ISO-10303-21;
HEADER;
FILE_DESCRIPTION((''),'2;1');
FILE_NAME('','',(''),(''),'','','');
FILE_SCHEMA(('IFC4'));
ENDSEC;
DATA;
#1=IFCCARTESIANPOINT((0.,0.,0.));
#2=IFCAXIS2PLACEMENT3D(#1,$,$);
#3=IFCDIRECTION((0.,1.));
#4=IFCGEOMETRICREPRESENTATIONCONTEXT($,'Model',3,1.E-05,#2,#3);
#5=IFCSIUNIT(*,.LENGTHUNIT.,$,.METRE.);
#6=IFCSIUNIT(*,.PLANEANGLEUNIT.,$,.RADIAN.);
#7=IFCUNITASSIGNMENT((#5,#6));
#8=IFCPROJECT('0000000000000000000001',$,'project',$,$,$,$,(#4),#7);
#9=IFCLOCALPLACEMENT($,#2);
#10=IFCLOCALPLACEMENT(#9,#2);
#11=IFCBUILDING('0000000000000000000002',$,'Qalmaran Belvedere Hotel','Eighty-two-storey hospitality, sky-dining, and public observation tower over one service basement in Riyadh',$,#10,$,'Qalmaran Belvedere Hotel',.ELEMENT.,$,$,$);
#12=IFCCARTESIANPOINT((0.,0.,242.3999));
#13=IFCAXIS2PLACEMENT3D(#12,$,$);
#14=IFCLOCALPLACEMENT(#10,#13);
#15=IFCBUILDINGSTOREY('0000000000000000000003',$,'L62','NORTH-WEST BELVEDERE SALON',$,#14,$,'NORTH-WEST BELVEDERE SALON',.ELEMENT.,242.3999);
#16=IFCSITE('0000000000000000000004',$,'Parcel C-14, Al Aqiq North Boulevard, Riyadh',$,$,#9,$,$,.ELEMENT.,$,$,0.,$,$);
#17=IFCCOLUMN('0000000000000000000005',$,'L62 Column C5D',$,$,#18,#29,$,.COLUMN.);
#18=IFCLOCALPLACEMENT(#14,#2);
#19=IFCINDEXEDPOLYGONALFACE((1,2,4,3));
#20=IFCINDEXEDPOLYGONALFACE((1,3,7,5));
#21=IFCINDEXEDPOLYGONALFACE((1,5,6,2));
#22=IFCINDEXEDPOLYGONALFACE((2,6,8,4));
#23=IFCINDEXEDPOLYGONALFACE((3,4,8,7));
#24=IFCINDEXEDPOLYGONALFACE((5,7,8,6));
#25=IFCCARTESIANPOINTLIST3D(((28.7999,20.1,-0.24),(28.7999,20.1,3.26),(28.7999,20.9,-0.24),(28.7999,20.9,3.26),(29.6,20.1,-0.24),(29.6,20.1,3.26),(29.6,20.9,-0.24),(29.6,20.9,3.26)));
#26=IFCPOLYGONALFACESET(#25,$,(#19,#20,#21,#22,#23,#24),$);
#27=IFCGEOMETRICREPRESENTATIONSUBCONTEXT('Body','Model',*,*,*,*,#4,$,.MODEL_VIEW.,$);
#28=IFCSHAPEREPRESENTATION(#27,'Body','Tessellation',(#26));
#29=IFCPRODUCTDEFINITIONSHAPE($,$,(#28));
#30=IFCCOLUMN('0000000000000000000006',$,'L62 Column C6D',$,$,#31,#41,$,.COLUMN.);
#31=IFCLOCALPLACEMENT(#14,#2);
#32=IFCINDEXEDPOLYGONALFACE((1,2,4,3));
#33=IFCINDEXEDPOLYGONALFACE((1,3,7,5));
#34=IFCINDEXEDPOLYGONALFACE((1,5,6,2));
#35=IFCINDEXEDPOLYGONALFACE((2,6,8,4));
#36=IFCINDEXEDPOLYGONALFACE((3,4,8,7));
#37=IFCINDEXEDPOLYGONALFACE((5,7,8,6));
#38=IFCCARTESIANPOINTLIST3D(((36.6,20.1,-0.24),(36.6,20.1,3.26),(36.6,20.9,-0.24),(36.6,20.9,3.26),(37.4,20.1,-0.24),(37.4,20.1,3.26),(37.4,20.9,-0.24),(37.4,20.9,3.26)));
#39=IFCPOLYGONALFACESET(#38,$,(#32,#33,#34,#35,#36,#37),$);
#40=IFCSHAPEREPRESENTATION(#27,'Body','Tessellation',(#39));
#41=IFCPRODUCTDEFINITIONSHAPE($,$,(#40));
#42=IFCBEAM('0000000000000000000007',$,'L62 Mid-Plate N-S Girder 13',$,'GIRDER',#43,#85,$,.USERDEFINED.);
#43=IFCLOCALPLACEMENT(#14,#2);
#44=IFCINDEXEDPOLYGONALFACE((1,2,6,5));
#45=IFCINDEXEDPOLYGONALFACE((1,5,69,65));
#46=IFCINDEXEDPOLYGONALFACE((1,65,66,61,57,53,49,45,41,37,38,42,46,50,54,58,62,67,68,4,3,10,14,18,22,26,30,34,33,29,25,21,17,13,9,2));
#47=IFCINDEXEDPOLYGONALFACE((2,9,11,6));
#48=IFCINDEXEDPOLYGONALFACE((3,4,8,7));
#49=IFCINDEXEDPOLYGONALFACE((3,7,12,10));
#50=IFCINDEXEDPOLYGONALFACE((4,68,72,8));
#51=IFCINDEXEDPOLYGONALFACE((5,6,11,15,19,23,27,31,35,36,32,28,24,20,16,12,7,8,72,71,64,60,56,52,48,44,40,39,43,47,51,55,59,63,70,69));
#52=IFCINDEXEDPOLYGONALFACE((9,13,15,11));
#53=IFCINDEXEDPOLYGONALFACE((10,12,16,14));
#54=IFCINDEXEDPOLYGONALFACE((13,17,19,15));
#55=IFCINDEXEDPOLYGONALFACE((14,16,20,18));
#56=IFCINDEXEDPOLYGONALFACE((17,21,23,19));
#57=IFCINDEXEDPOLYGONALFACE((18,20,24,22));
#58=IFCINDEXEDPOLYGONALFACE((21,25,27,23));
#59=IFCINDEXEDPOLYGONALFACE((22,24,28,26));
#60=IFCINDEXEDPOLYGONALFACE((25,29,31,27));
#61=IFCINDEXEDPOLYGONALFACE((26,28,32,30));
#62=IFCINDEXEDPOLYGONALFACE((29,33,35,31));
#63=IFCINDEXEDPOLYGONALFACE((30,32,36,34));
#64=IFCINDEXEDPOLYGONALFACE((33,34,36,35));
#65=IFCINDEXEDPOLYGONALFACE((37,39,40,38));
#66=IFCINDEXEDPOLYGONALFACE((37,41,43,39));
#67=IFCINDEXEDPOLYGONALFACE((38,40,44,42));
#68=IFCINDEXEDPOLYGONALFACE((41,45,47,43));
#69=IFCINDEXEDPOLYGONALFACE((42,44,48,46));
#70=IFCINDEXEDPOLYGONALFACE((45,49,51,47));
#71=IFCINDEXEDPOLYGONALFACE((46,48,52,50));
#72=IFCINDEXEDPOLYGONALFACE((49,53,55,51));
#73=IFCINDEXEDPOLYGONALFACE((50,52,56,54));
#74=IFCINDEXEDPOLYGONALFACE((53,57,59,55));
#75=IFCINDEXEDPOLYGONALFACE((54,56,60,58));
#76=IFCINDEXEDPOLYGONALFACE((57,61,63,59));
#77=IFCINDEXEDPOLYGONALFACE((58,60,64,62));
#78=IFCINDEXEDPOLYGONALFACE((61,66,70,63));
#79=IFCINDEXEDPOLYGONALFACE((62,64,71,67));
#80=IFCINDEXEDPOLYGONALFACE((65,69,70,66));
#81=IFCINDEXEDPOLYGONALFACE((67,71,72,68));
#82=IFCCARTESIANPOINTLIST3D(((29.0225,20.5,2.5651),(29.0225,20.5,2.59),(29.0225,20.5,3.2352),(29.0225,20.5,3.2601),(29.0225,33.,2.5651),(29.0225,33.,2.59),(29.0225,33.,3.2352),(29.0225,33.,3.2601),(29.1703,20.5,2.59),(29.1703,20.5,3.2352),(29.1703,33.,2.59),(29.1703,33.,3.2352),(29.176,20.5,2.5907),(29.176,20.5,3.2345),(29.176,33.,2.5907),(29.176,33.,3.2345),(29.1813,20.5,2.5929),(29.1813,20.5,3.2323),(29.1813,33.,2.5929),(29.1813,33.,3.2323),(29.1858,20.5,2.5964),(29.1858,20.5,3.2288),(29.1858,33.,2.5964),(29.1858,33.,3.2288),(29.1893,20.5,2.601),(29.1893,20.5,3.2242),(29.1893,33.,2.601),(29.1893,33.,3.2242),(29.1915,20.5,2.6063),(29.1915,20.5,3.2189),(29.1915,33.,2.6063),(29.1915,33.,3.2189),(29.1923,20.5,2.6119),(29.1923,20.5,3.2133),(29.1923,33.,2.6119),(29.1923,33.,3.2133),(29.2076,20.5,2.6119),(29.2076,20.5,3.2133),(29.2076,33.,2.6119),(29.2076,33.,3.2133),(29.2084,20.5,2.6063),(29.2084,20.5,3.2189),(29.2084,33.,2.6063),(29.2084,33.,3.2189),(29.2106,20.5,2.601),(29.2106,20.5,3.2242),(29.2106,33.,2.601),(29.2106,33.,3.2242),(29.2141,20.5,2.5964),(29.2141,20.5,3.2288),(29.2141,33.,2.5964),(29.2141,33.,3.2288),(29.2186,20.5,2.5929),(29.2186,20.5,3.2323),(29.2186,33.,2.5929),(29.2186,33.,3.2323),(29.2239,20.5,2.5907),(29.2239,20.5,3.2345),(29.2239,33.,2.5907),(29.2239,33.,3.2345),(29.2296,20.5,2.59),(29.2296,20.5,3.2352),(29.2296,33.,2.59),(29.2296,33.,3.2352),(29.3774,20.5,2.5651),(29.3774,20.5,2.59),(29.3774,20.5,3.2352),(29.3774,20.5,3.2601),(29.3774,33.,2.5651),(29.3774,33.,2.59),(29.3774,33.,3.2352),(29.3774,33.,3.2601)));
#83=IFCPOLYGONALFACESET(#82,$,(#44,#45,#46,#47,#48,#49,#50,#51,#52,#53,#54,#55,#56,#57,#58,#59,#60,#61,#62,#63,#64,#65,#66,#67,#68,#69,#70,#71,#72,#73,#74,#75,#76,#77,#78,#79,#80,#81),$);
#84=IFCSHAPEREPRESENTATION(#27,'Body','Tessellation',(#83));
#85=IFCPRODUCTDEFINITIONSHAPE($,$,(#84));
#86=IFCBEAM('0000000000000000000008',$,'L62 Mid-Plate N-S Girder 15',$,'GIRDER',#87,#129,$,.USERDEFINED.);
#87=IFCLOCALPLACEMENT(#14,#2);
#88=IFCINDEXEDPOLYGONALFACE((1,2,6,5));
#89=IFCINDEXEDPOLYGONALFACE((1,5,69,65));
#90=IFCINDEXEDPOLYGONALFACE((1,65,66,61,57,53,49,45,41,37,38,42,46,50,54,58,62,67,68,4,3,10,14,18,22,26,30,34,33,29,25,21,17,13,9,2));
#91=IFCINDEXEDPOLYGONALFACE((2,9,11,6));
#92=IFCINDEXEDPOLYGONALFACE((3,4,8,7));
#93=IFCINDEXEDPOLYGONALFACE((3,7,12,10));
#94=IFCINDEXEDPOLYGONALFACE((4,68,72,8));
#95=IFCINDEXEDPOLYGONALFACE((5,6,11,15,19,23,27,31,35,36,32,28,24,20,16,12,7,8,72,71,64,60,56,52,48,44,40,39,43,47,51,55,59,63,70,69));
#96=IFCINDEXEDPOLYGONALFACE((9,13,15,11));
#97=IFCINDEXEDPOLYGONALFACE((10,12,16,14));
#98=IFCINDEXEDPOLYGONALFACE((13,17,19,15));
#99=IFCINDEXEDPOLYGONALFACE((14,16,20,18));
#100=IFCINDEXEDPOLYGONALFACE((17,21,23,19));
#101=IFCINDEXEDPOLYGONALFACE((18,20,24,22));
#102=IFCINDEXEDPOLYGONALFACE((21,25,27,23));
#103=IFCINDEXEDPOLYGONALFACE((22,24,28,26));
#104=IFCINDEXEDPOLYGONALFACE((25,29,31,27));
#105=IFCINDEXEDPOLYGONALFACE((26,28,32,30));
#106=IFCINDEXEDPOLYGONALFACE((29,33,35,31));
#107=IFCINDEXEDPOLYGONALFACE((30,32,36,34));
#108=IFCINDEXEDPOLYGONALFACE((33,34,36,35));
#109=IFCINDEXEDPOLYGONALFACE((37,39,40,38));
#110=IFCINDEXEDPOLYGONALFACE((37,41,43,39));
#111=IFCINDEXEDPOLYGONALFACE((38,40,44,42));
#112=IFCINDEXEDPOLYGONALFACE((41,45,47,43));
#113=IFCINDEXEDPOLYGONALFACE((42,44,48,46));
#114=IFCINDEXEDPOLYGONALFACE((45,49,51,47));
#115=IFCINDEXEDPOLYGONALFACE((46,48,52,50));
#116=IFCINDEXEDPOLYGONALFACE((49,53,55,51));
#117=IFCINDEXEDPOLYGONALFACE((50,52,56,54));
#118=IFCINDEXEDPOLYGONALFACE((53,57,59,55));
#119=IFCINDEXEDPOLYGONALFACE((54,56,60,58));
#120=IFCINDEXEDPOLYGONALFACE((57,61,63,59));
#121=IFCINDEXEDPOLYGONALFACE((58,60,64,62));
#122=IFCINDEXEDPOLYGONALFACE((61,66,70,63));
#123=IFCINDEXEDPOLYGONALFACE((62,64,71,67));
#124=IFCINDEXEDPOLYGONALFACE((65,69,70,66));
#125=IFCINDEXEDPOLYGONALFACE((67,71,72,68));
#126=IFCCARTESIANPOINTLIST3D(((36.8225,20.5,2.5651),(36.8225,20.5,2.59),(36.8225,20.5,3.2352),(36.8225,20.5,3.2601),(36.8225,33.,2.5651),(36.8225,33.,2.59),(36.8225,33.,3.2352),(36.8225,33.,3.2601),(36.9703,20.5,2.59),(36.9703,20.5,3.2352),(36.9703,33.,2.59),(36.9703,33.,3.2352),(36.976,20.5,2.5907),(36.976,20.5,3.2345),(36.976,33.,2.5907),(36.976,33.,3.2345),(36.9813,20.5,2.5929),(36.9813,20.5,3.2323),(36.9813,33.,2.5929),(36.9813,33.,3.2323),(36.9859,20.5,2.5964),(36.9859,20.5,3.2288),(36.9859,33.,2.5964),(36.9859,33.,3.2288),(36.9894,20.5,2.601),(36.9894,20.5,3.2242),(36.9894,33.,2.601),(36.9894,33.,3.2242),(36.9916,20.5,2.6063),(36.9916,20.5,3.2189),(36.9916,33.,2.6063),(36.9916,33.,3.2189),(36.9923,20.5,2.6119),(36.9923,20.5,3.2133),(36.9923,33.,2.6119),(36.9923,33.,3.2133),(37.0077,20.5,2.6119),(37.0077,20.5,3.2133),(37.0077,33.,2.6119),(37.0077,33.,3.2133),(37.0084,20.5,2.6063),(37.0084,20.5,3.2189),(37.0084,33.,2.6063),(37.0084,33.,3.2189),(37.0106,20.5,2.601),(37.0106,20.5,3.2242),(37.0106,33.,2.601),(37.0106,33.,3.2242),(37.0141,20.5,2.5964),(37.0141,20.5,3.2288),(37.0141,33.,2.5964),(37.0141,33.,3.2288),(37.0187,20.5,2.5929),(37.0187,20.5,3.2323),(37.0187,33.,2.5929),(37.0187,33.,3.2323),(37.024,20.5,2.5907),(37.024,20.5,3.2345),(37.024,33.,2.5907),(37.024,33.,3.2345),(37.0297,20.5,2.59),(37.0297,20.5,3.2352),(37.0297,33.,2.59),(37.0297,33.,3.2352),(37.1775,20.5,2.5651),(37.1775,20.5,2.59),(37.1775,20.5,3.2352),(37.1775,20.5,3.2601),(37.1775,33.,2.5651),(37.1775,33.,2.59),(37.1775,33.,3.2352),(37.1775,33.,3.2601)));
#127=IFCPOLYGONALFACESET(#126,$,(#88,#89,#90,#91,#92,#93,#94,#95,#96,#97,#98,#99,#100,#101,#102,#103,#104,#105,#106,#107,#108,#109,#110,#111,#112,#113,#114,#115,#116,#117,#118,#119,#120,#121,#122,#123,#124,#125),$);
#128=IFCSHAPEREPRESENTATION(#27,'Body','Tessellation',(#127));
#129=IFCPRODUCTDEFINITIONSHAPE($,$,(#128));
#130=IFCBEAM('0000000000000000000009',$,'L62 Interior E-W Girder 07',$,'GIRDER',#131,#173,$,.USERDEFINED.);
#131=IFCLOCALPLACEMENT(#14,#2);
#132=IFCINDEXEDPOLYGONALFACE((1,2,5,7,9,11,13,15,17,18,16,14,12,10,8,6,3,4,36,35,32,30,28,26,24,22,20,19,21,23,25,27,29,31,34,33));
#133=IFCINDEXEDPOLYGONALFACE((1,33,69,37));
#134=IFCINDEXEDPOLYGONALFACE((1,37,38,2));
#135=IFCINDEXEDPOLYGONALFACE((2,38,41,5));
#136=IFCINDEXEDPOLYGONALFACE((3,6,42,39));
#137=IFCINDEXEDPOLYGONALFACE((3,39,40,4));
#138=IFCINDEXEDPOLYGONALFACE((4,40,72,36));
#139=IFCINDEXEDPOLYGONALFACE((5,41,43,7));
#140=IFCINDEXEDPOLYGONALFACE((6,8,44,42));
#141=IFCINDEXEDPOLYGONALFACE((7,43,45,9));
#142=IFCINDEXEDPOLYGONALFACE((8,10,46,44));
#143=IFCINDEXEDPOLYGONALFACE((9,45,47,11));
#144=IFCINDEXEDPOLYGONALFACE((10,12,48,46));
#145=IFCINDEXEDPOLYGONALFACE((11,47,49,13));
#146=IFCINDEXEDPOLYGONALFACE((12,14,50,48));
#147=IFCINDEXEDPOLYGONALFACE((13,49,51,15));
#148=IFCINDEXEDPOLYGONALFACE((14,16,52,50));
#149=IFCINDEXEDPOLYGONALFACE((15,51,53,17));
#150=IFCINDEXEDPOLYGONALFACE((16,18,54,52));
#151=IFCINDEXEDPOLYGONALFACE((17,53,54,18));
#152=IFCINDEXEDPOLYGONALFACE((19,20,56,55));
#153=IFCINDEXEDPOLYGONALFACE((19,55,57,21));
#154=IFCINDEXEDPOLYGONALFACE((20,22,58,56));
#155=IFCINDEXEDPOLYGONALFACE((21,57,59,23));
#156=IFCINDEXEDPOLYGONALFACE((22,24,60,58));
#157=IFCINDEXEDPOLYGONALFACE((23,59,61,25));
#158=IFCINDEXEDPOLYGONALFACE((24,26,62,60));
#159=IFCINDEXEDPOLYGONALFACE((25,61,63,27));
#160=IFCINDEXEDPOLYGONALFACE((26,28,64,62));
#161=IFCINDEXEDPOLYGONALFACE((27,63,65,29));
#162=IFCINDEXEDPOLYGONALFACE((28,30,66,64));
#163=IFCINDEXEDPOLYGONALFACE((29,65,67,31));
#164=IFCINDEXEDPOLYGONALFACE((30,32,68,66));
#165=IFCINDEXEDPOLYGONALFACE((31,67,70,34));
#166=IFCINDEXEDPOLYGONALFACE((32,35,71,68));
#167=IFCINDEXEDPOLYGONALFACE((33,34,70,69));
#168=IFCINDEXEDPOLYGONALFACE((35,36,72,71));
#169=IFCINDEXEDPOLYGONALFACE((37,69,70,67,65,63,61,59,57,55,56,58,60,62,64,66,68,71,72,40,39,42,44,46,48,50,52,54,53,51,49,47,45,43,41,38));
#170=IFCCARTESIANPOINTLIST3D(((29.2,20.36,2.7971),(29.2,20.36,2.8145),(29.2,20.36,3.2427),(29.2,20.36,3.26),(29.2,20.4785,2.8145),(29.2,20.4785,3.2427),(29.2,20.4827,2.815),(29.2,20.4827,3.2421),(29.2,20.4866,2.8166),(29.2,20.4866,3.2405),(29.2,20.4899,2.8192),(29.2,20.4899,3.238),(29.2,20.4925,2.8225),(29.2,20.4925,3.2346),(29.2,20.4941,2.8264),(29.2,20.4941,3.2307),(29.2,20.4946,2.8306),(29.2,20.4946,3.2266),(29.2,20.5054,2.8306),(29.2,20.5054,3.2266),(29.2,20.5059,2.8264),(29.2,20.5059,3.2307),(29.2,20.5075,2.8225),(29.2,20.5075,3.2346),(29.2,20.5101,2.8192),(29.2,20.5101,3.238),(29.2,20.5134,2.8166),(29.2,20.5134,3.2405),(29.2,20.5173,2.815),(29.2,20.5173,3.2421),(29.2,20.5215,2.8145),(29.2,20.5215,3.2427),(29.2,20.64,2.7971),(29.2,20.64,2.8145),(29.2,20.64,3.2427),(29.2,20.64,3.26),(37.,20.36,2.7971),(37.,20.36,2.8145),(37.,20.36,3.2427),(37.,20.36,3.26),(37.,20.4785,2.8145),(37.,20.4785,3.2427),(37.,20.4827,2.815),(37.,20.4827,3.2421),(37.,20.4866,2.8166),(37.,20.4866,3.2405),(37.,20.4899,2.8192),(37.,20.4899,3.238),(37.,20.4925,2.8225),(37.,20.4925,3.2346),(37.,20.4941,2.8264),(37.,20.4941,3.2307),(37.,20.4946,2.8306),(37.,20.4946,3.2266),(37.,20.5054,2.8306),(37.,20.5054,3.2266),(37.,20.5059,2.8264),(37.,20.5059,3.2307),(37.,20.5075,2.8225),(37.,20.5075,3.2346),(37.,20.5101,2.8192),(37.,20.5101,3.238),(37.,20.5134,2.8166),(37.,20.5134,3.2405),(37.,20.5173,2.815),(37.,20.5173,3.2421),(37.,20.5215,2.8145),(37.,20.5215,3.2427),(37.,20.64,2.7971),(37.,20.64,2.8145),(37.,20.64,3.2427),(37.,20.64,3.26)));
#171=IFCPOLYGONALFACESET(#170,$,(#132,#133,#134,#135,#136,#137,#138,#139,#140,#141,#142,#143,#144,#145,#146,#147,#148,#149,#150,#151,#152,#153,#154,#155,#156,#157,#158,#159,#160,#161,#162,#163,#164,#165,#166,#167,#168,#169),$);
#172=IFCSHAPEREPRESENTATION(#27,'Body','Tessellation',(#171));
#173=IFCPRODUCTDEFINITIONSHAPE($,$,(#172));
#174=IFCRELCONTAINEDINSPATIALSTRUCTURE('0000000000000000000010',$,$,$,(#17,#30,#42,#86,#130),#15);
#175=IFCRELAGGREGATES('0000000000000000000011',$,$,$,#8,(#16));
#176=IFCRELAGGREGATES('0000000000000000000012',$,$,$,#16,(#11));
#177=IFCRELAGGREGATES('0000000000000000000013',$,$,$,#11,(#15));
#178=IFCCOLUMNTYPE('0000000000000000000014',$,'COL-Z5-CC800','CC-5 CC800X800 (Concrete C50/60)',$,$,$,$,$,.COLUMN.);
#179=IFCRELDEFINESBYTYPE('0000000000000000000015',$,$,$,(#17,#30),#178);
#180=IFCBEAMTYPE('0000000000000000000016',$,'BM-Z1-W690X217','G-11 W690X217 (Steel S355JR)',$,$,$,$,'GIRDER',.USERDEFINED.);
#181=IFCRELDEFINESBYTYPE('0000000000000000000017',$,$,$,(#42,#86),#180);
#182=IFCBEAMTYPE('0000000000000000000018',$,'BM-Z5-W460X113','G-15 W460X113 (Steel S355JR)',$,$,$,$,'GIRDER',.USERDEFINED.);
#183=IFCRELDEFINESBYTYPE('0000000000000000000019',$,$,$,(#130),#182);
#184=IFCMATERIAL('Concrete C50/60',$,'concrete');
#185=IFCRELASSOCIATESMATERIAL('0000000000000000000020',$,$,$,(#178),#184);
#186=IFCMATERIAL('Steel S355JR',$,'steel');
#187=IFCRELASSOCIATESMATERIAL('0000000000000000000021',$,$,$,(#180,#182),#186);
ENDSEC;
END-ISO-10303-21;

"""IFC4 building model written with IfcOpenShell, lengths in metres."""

from ifc_helpers import new_model, si_unit, direction, frame, origin, origin_2d, place, context, subcontext, project, spatial, rectangle, i_section, extrude, material, material_profile, profile_set, type_object, element, save


model = new_model("IFC4")

# Units and contexts
model_context = context("Model", 3, precision=1e-05, world=origin(), true_north=direction((0.0, 1.0)))
body_context = subcontext(model_context, "Body", "Model", "MODEL_VIEW")
ifc_project = project(units=[si_unit("LENGTHUNIT", "METRE"), si_unit("PLANEANGLEUNIT", "RADIAN")], contexts=[model_context])

# Site, building, storey
site_placement = place(None, origin())
site = spatial("IfcSite", under=ifc_project, at=site_placement, Name="Parcel C-14, Al Aqiq North Boulevard, Riyadh", CompositionType="ELEMENT", RefElevation=0.0)
building_placement = place(site_placement, origin())
building = spatial("IfcBuilding", under=site, at=building_placement, Name="Qalmaran Belvedere Hotel", Description="Eighty-two-storey hospitality, sky-dining, and public observation tower over one service basement in Riyadh", LongName="Qalmaran Belvedere Hotel", CompositionType="ELEMENT")
storey_placement = place(building_placement, frame((0.0, 0.0, 242.3999)))
storey = spatial("IfcBuildingStorey", under=building, at=storey_placement, Name="L62", Description="NORTH-WEST BELVEDERE SALON", LongName="NORTH-WEST BELVEDERE SALON", CompositionType="ELEMENT", Elevation=242.3999)

# Columns
ifc_material_1 = material(Name="Concrete C50/60", Category="concrete")
ifc_material_profile_1 = material_profile(ifc_material_1, rectangle(XDim=0.8, YDim=0.8, at=origin_2d()), Name="CC800X800")
ifc_profile_set_1 = profile_set([ifc_material_profile_1], Name="Concrete C50/60")
column_type = type_object("IfcColumnType", Name="COL-Z5-CC800", Description="CC-5 CC800X800 (Concrete C50/60)", PredefinedType="COLUMN", material=ifc_profile_set_1)
for number, where, z_axis, x_axis, name in (
    (1, (29.2, 20.5, -0.24), (0.0, 0.0, 1.0), (1.0, 0.0, 0.0), "L62 Column C5D"),
    (2, (37.0, 20.5, -0.24), (0.0, 0.0, 1.0), (1.0, 0.0, 0.0), "L62 Column C6D"),
):
    element("IfcColumn", number, at=place(storey_placement, frame(where, z_axis=z_axis, x_axis=x_axis)), inside=storey, type_object=column_type, Name=name, PredefinedType="COLUMN", context=body_context, shape_type="SweptSolid", body=[
        extrude(rectangle(XDim=0.8, YDim=0.8, at=origin_2d()), origin(), (0.0, 0.0, 1.0), 3.5),
    ])

# Beams
ifc_material_2 = material(Name="Steel S355JR", Category="steel")
ifc_material_profile_2 = material_profile(ifc_material_2, i_section(OverallWidth=0.355, OverallDepth=0.6951, WebThickness=0.0154, FlangeThickness=0.0249, FilletRadius=0.022, at=origin_2d()), Name="W690X217")
ifc_profile_set_2 = profile_set([ifc_material_profile_2], Name="Steel S355JR")
beam_type_1 = type_object("IfcBeamType", Name="BM-Z1-W690X217", Description="G-11 W690X217 (Steel S355JR)", ElementType="GIRDER", PredefinedType="USERDEFINED", material=ifc_profile_set_2)
for number, where, z_axis, x_axis, name in (
    (3, (29.2, 20.5, 2.9126), (0.0, 1.0, 0.0), (-1.0, 0.0, 0.0), "L62 Mid-Plate N-S Girder 13"),
    (4, (37.0, 20.5, 2.9126), (0.0, 1.0, 0.0), (-1.0, 0.0, 0.0), "L62 Mid-Plate N-S Girder 15"),
):
    element("IfcBeam", number, at=place(storey_placement, frame(where, z_axis=z_axis, x_axis=x_axis)), inside=storey, type_object=beam_type_1, Name=name, ObjectType="GIRDER", PredefinedType="USERDEFINED", context=body_context, shape_type="SweptSolid", body=[
        extrude(i_section(OverallWidth=0.355, OverallDepth=0.6951, WebThickness=0.0154, FlangeThickness=0.0249, FilletRadius=0.022, at=origin_2d()), origin(), (0.0, 0.0, 1.0), 12.5),
    ])
ifc_material_profile_3 = material_profile(ifc_material_2, i_section(OverallWidth=0.28, OverallDepth=0.4629, WebThickness=0.0107, FlangeThickness=0.0173, FilletRadius=0.0161, at=origin_2d()), Name="W460X113")
ifc_profile_set_3 = profile_set([ifc_material_profile_3], Name="Steel S355JR")
beam_type_2 = type_object("IfcBeamType", Name="BM-Z5-W460X113", Description="G-15 W460X113 (Steel S355JR)", ElementType="GIRDER", PredefinedType="USERDEFINED", material=ifc_profile_set_3)
for number, where, z_axis, x_axis, name in (
    (5, (29.2, 20.5, 3.0286), (1.0, 0.0, 0.0), (0.0, 1.0, 0.0), "L62 Interior E-W Girder 07"),
):
    element("IfcBeam", number, at=place(storey_placement, frame(where, z_axis=z_axis, x_axis=x_axis)), inside=storey, type_object=beam_type_2, Name=name, ObjectType="GIRDER", PredefinedType="USERDEFINED", context=body_context, shape_type="SweptSolid", body=[
        extrude(i_section(OverallWidth=0.28, OverallDepth=0.4629, WebThickness=0.0107, FlangeThickness=0.0173, FilletRadius=0.0161, at=origin_2d()), origin(), (0.0, 0.0, 1.0), 7.8),
    ])

save(model, "model.ifc")
